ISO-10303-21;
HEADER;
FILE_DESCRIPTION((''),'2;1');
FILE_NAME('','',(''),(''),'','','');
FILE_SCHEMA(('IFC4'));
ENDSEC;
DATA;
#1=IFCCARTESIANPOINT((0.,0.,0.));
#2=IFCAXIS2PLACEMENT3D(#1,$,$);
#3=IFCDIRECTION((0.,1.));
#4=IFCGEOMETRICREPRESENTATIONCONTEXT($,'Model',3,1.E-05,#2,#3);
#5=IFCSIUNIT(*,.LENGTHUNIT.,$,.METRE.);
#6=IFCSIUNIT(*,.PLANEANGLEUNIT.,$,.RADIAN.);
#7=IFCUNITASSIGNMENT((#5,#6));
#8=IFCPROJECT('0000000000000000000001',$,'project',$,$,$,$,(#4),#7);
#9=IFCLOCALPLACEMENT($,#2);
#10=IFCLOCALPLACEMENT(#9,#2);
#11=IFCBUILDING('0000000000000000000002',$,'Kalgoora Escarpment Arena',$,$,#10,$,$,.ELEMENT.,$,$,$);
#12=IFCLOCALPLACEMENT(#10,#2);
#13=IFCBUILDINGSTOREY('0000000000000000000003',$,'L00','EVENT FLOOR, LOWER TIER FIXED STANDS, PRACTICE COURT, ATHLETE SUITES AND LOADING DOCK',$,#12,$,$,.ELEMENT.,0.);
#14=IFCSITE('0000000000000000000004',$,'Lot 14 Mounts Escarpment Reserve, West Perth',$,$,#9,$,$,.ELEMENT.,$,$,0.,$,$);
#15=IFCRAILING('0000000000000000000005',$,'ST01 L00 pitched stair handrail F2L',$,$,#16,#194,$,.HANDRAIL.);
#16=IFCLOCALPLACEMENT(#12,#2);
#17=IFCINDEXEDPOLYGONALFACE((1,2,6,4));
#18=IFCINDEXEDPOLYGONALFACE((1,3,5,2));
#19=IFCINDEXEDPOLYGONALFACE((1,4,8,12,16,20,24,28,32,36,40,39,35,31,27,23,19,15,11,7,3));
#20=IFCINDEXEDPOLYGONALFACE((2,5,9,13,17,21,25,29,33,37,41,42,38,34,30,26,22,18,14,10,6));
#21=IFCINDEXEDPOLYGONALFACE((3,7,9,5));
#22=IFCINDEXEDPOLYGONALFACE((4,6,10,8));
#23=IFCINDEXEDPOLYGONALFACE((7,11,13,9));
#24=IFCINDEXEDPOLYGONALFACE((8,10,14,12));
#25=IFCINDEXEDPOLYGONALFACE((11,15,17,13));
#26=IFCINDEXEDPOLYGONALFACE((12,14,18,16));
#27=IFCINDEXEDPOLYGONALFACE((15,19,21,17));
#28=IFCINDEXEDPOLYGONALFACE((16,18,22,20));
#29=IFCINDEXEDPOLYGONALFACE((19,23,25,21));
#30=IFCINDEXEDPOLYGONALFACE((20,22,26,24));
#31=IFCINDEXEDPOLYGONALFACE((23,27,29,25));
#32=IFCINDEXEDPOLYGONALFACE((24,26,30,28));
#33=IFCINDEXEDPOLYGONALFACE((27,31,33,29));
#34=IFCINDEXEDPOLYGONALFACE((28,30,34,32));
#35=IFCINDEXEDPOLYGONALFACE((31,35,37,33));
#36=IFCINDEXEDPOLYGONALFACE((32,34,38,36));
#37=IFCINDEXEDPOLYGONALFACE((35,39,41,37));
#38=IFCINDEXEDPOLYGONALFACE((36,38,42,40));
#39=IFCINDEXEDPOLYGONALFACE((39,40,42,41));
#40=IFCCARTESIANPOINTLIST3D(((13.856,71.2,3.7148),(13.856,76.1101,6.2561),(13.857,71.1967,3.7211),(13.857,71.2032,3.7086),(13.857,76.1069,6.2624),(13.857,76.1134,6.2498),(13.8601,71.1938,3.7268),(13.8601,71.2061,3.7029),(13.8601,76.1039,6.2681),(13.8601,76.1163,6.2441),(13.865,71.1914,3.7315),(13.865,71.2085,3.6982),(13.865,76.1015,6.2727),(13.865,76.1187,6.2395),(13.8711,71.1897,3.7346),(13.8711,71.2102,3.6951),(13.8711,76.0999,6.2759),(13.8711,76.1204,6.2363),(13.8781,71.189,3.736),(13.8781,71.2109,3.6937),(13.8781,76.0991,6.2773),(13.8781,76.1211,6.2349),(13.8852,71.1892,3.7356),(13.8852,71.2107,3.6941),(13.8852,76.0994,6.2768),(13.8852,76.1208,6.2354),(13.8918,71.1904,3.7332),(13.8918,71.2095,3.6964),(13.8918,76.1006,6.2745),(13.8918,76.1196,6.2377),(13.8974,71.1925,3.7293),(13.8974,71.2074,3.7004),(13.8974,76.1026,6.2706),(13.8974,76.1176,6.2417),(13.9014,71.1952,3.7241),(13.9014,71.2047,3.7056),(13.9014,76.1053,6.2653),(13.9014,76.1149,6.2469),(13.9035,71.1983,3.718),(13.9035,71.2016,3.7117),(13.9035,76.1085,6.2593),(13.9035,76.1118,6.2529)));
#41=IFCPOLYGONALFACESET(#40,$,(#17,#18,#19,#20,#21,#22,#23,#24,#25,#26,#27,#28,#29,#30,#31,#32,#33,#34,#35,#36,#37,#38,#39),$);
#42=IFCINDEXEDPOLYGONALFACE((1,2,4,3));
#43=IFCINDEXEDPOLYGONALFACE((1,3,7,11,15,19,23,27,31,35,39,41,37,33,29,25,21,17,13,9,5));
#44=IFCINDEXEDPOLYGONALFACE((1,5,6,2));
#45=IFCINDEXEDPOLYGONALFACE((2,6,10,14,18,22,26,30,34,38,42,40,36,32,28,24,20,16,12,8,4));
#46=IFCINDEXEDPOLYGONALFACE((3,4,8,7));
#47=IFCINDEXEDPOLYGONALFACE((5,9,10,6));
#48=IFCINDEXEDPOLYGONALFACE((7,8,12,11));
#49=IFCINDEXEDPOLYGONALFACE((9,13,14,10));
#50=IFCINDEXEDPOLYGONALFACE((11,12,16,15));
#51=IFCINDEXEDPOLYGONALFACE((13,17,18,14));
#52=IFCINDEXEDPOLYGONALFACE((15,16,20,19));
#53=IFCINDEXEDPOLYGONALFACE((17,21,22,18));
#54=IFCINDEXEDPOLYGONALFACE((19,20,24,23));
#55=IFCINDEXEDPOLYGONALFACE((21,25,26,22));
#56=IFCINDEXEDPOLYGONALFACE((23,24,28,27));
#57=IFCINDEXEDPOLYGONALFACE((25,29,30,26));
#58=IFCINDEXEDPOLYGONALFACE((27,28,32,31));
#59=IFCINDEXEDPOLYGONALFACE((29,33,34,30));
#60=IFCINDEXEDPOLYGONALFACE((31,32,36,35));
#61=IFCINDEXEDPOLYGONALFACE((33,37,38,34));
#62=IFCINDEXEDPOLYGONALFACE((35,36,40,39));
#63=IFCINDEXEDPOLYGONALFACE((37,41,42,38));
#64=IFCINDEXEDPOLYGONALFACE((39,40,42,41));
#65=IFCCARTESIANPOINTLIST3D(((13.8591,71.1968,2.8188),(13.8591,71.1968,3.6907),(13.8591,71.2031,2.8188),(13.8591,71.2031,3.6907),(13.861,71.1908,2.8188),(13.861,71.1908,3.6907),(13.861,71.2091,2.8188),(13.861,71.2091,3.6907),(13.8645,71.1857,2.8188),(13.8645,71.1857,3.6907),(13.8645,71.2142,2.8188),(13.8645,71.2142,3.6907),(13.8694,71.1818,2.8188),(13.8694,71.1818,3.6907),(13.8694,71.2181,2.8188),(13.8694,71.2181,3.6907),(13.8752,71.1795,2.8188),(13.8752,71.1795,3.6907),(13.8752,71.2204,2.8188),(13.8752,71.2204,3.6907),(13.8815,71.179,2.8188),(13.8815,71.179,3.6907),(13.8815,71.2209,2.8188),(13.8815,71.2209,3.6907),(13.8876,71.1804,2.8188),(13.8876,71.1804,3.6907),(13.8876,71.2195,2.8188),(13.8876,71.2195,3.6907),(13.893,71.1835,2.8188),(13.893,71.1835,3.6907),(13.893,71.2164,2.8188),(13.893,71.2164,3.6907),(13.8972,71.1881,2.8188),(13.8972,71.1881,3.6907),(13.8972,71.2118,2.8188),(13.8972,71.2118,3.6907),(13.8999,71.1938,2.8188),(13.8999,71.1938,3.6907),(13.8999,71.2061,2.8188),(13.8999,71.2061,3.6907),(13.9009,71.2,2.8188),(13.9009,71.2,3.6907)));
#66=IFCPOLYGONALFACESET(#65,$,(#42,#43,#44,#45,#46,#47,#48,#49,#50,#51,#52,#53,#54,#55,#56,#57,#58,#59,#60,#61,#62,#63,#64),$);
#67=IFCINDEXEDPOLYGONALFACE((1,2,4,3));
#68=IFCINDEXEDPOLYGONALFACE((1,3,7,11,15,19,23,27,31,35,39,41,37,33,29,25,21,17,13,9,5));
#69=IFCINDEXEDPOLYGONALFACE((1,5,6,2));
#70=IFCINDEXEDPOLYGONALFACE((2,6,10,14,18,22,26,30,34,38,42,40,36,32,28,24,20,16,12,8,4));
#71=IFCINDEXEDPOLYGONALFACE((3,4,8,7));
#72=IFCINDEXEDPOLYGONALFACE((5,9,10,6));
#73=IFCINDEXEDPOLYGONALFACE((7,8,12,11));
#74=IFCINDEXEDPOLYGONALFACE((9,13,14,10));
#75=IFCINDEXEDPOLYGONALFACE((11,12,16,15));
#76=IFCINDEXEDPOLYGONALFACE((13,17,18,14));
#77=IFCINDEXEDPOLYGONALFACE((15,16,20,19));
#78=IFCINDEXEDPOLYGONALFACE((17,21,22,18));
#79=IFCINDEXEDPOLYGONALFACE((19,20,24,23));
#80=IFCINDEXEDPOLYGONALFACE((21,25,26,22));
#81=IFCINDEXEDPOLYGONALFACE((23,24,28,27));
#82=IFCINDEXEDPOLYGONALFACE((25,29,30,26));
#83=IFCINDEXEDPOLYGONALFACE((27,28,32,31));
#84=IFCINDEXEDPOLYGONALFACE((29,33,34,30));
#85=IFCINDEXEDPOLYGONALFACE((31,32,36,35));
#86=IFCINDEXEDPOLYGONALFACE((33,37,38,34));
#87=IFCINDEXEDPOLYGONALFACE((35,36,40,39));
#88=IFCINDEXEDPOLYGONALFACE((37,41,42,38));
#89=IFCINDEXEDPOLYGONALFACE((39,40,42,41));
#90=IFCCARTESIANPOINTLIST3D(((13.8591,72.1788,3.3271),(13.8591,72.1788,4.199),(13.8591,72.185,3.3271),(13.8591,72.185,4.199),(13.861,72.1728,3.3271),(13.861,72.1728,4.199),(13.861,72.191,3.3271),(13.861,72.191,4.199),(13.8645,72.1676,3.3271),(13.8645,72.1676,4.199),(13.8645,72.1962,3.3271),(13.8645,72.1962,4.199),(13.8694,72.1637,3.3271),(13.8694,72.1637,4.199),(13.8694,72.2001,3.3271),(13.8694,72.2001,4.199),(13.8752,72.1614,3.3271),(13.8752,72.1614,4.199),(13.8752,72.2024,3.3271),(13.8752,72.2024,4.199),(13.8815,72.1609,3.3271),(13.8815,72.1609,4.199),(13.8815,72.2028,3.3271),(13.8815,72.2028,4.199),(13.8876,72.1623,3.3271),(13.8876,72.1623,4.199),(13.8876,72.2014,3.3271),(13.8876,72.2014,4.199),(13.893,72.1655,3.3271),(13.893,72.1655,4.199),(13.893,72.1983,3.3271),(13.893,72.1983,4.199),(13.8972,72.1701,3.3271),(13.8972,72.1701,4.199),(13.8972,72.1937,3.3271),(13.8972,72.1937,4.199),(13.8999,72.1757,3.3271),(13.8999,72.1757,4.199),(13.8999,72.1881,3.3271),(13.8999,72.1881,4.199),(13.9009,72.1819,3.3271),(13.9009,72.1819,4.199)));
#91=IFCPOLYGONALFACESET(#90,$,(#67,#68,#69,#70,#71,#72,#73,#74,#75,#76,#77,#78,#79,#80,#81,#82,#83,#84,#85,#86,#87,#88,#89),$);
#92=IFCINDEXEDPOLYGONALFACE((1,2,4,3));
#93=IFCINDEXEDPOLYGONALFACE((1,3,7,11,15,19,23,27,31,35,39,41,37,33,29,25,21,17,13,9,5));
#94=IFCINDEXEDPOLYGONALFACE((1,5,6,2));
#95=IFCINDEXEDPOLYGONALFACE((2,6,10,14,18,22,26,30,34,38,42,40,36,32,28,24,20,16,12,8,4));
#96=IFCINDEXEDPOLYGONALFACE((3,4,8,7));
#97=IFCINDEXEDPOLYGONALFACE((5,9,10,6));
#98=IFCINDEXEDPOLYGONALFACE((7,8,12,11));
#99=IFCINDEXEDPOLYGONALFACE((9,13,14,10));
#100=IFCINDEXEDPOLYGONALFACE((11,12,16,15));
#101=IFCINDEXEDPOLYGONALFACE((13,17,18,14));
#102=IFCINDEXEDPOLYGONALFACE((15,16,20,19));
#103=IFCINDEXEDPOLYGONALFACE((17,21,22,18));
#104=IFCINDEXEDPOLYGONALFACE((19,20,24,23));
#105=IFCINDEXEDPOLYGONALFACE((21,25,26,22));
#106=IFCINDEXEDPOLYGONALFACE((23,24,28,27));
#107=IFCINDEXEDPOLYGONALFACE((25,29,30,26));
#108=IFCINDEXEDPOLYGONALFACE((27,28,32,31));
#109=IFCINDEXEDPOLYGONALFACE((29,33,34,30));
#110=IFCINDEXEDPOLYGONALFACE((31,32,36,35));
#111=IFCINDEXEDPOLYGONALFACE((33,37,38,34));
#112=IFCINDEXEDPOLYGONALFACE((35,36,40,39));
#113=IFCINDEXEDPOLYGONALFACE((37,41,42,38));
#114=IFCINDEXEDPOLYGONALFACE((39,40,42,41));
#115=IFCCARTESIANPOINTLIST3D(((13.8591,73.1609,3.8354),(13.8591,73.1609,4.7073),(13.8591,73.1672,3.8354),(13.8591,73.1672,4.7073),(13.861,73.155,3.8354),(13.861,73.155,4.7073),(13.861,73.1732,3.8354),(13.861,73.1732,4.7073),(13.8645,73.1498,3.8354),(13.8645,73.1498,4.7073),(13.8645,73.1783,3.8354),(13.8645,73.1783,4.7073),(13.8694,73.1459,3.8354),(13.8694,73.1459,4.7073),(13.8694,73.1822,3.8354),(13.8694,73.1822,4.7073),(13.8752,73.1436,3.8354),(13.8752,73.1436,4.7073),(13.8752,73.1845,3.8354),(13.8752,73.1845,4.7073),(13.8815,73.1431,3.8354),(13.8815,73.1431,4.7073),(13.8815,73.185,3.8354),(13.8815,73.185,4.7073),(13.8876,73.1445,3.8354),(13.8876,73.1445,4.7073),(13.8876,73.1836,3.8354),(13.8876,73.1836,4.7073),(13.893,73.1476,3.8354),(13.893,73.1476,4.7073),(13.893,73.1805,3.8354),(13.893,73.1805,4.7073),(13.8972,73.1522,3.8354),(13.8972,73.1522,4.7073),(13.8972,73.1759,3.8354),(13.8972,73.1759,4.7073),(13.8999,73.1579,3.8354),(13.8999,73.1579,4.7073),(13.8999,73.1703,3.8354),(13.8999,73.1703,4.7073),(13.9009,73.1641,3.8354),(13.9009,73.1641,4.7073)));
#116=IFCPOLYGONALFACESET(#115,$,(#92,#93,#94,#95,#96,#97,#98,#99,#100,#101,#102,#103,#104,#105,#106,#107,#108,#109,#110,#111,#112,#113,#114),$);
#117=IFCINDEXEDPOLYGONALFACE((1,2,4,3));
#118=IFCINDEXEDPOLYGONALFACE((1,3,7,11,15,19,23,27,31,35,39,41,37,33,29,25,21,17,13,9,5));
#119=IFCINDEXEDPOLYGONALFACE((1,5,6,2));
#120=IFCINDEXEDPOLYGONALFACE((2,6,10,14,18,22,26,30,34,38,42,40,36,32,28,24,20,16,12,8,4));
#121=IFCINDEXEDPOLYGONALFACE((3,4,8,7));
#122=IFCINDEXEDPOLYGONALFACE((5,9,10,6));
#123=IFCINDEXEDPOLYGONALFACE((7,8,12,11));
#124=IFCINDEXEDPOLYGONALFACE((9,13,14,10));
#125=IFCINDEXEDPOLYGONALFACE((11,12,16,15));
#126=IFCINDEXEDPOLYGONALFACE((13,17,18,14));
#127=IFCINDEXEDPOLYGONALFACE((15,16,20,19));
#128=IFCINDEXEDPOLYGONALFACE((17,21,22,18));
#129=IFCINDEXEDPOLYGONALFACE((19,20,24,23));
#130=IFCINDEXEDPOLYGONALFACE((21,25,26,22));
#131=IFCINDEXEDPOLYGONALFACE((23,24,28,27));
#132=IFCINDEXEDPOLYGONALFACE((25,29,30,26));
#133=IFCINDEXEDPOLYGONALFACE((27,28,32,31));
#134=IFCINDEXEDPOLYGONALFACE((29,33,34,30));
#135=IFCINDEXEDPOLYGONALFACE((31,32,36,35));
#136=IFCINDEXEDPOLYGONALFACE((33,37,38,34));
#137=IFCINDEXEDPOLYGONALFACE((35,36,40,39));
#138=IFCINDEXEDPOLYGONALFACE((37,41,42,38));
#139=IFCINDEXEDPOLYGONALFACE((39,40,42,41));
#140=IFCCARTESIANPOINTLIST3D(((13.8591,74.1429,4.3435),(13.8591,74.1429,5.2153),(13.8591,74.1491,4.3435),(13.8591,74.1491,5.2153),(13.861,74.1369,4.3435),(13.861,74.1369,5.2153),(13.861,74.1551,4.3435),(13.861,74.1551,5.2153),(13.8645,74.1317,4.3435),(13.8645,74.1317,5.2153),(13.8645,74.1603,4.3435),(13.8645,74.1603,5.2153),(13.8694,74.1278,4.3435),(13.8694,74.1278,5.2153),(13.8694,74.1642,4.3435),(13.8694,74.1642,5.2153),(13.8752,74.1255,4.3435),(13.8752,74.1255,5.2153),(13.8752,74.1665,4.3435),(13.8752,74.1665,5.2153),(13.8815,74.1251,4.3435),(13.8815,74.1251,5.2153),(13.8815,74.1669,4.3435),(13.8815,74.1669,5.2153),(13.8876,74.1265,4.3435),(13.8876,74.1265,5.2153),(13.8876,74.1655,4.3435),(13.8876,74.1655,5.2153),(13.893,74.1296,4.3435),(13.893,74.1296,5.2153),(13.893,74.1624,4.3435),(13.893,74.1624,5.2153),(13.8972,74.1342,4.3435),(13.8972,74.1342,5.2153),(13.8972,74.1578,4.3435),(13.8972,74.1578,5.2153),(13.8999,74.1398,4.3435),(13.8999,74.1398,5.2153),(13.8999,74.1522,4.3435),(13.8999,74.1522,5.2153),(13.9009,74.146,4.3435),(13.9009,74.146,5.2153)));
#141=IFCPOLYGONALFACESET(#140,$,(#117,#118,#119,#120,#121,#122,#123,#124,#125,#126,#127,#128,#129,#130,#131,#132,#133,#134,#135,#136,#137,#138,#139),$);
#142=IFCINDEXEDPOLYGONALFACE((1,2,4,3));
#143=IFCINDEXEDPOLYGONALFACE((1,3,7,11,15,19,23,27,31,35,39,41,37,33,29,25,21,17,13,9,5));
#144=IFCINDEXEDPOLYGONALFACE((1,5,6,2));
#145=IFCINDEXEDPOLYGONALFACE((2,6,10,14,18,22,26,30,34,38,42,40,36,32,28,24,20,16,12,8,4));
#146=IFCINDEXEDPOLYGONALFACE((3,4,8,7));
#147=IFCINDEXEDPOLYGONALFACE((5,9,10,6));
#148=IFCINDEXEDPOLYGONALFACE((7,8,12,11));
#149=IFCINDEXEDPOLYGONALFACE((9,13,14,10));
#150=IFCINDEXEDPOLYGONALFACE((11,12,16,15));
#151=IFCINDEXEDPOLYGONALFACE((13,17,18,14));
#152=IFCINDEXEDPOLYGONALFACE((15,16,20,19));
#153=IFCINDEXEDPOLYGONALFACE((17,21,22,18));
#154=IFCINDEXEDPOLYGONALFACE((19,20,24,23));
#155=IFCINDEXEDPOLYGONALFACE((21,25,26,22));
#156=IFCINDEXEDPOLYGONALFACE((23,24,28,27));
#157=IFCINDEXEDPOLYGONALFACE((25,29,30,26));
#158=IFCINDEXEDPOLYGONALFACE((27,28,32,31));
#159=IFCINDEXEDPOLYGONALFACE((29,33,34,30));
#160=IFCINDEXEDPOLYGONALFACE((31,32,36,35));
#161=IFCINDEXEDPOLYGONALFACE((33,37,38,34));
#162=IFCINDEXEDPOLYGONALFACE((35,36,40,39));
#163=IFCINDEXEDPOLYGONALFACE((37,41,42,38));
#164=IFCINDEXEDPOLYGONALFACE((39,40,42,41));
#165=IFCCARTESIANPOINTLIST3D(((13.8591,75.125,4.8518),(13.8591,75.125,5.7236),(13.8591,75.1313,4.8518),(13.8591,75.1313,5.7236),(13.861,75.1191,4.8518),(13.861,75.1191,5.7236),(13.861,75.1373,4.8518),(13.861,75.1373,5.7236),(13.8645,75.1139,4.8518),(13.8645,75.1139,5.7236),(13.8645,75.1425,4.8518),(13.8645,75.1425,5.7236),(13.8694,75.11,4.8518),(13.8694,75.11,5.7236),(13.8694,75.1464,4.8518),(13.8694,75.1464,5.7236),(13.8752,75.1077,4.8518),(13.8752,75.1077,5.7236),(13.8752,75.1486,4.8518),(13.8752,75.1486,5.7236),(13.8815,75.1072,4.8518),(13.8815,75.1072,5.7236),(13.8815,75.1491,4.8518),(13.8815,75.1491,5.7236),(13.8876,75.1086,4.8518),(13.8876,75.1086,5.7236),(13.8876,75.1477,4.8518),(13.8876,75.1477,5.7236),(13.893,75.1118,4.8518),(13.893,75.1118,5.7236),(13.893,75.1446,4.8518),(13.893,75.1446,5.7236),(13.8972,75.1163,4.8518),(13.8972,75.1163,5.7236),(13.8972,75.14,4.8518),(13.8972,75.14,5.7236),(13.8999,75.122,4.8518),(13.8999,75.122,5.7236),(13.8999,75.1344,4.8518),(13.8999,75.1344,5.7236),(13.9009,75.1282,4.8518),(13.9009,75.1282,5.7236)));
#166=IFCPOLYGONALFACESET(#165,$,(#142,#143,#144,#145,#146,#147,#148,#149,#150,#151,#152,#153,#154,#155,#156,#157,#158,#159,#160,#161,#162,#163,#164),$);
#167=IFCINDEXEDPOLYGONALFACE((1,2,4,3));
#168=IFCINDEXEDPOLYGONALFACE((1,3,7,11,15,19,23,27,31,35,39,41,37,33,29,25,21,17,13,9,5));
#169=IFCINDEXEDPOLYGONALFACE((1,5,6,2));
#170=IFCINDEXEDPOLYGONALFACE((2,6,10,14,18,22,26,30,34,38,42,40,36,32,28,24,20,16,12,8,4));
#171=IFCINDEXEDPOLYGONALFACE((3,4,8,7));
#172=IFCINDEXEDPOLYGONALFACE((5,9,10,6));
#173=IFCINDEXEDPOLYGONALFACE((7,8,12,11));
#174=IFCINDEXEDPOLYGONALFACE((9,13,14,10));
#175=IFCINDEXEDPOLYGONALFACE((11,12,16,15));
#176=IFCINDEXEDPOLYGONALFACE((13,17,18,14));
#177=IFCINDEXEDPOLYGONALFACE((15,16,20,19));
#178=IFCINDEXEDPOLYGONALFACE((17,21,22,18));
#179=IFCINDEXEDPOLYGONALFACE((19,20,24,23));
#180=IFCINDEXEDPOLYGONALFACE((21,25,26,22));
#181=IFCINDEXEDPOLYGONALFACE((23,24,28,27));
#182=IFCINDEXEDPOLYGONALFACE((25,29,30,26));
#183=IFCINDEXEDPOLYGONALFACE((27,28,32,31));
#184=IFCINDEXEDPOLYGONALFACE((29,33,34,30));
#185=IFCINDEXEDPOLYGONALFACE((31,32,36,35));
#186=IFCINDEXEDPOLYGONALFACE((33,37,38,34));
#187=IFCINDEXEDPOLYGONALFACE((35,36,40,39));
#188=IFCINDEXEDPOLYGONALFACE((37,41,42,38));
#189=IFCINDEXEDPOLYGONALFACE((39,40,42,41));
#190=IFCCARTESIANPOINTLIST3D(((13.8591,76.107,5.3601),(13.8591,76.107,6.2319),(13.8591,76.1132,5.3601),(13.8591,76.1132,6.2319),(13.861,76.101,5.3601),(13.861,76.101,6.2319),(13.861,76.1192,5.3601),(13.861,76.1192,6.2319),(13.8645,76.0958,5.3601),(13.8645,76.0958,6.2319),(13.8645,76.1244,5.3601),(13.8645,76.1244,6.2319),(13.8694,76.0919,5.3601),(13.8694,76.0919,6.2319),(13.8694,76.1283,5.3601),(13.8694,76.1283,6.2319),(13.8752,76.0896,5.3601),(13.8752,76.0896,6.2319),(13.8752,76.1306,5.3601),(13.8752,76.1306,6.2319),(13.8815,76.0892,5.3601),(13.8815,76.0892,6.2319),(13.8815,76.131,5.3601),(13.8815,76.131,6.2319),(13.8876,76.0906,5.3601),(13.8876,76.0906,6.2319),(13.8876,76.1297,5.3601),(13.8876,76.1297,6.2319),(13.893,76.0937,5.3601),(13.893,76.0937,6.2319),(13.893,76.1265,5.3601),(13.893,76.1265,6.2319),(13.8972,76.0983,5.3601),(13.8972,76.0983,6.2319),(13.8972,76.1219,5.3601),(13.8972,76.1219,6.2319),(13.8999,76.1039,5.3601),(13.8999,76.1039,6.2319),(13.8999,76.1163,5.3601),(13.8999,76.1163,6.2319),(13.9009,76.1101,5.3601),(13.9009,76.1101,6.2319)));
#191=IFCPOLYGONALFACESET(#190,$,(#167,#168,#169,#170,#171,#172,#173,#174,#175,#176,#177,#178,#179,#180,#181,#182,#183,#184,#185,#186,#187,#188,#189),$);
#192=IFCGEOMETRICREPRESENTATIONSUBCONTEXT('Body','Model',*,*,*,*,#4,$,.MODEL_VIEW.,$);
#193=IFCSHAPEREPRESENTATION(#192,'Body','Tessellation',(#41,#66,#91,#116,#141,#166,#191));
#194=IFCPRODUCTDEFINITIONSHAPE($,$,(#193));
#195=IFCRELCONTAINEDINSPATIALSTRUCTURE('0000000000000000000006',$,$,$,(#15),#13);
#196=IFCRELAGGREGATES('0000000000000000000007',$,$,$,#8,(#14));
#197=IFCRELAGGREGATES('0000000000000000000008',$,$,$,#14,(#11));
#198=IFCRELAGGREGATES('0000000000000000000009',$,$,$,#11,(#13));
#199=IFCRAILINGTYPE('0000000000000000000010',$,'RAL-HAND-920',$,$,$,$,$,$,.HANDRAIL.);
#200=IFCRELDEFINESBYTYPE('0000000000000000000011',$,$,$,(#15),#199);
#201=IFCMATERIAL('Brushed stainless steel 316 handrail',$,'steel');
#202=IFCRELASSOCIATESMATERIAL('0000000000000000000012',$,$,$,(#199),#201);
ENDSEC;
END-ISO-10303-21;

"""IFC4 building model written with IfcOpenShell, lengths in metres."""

from ifc_helpers import new_model, si_unit, direction, frame, origin, origin_2d, place, context, subcontext, project, spatial, circle, extrude, material, type_object, element, save


model = new_model("IFC4")

# Units and contexts
model_context = context("Model", 3, precision=1e-05, world=origin(), true_north=direction((0.0, 1.0)))
body_context = subcontext(model_context, "Body", "Model", "MODEL_VIEW")
ifc_project = project(units=[si_unit("LENGTHUNIT", "METRE"), si_unit("PLANEANGLEUNIT", "RADIAN")], contexts=[model_context])

# Site, building, storey
site_placement = place(None, origin())
site = spatial("IfcSite", under=ifc_project, at=site_placement, Name="Lot 14 Mounts Escarpment Reserve, West Perth", CompositionType="ELEMENT", RefElevation=0.0)
building_placement = place(site_placement, origin())
building = spatial("IfcBuilding", under=site, at=building_placement, Name="Kalgoora Escarpment Arena", CompositionType="ELEMENT")
storey_placement = place(building_placement, origin())
storey = spatial("IfcBuildingStorey", under=building, at=storey_placement, Name="L00", Description="EVENT FLOOR, LOWER TIER FIXED STANDS, PRACTICE COURT, ATHLETE SUITES AND LOADING DOCK", CompositionType="ELEMENT", Elevation=0.0)

# Railing
ifc_material_1 = material(Name="Brushed stainless steel 316 handrail", Category="steel")
railing_type = type_object("IfcRailingType", Name="RAL-HAND-920", PredefinedType="HANDRAIL", material=ifc_material_1)
for number, where, name in (
    (1, (13.8799, 71.2, 2.8188), "ST01 L00 pitched stair handrail F2L"),
):
    element("IfcRailing", number, at=place(storey_placement, frame(where)), inside=storey, type_object=railing_type, Name=name, PredefinedType="HANDRAIL", context=body_context, shape_type="SweptSolid", body=[
        extrude(circle(Radius=0.0239, at=origin_2d()), frame((0.0, 0.0, 0.896), z_axis=(0.0, 0.888105, 0.45964), x_axis=(-1.0, 0.0, 0.0)), (0.0, 0.0, 1.0), 5.5288),
        extrude(circle(Radius=0.021, at=origin_2d()), origin(), (0.0, 0.0, 1.0), 0.8718),
        extrude(circle(Radius=0.021, at=origin_2d()), frame((0.0, 0.9819, 0.5083)), (0.0, 0.0, 1.0), 0.8718),
        extrude(circle(Radius=0.021, at=origin_2d()), frame((0.0, 1.9641, 1.0166)), (0.0, 0.0, 1.0), 0.8718),
        extrude(circle(Radius=0.021, at=origin_2d()), frame((0.0, 2.946, 1.5247)), (0.0, 0.0, 1.0), 0.8718),
        extrude(circle(Radius=0.021, at=origin_2d()), frame((0.0, 3.9282, 2.033)), (0.0, 0.0, 1.0), 0.8718),
        extrude(circle(Radius=0.021, at=origin_2d()), frame((0.0, 4.9102, 2.5413)), (0.0, 0.0, 1.0), 0.8718),
    ])

save(model, "model.ifc")
